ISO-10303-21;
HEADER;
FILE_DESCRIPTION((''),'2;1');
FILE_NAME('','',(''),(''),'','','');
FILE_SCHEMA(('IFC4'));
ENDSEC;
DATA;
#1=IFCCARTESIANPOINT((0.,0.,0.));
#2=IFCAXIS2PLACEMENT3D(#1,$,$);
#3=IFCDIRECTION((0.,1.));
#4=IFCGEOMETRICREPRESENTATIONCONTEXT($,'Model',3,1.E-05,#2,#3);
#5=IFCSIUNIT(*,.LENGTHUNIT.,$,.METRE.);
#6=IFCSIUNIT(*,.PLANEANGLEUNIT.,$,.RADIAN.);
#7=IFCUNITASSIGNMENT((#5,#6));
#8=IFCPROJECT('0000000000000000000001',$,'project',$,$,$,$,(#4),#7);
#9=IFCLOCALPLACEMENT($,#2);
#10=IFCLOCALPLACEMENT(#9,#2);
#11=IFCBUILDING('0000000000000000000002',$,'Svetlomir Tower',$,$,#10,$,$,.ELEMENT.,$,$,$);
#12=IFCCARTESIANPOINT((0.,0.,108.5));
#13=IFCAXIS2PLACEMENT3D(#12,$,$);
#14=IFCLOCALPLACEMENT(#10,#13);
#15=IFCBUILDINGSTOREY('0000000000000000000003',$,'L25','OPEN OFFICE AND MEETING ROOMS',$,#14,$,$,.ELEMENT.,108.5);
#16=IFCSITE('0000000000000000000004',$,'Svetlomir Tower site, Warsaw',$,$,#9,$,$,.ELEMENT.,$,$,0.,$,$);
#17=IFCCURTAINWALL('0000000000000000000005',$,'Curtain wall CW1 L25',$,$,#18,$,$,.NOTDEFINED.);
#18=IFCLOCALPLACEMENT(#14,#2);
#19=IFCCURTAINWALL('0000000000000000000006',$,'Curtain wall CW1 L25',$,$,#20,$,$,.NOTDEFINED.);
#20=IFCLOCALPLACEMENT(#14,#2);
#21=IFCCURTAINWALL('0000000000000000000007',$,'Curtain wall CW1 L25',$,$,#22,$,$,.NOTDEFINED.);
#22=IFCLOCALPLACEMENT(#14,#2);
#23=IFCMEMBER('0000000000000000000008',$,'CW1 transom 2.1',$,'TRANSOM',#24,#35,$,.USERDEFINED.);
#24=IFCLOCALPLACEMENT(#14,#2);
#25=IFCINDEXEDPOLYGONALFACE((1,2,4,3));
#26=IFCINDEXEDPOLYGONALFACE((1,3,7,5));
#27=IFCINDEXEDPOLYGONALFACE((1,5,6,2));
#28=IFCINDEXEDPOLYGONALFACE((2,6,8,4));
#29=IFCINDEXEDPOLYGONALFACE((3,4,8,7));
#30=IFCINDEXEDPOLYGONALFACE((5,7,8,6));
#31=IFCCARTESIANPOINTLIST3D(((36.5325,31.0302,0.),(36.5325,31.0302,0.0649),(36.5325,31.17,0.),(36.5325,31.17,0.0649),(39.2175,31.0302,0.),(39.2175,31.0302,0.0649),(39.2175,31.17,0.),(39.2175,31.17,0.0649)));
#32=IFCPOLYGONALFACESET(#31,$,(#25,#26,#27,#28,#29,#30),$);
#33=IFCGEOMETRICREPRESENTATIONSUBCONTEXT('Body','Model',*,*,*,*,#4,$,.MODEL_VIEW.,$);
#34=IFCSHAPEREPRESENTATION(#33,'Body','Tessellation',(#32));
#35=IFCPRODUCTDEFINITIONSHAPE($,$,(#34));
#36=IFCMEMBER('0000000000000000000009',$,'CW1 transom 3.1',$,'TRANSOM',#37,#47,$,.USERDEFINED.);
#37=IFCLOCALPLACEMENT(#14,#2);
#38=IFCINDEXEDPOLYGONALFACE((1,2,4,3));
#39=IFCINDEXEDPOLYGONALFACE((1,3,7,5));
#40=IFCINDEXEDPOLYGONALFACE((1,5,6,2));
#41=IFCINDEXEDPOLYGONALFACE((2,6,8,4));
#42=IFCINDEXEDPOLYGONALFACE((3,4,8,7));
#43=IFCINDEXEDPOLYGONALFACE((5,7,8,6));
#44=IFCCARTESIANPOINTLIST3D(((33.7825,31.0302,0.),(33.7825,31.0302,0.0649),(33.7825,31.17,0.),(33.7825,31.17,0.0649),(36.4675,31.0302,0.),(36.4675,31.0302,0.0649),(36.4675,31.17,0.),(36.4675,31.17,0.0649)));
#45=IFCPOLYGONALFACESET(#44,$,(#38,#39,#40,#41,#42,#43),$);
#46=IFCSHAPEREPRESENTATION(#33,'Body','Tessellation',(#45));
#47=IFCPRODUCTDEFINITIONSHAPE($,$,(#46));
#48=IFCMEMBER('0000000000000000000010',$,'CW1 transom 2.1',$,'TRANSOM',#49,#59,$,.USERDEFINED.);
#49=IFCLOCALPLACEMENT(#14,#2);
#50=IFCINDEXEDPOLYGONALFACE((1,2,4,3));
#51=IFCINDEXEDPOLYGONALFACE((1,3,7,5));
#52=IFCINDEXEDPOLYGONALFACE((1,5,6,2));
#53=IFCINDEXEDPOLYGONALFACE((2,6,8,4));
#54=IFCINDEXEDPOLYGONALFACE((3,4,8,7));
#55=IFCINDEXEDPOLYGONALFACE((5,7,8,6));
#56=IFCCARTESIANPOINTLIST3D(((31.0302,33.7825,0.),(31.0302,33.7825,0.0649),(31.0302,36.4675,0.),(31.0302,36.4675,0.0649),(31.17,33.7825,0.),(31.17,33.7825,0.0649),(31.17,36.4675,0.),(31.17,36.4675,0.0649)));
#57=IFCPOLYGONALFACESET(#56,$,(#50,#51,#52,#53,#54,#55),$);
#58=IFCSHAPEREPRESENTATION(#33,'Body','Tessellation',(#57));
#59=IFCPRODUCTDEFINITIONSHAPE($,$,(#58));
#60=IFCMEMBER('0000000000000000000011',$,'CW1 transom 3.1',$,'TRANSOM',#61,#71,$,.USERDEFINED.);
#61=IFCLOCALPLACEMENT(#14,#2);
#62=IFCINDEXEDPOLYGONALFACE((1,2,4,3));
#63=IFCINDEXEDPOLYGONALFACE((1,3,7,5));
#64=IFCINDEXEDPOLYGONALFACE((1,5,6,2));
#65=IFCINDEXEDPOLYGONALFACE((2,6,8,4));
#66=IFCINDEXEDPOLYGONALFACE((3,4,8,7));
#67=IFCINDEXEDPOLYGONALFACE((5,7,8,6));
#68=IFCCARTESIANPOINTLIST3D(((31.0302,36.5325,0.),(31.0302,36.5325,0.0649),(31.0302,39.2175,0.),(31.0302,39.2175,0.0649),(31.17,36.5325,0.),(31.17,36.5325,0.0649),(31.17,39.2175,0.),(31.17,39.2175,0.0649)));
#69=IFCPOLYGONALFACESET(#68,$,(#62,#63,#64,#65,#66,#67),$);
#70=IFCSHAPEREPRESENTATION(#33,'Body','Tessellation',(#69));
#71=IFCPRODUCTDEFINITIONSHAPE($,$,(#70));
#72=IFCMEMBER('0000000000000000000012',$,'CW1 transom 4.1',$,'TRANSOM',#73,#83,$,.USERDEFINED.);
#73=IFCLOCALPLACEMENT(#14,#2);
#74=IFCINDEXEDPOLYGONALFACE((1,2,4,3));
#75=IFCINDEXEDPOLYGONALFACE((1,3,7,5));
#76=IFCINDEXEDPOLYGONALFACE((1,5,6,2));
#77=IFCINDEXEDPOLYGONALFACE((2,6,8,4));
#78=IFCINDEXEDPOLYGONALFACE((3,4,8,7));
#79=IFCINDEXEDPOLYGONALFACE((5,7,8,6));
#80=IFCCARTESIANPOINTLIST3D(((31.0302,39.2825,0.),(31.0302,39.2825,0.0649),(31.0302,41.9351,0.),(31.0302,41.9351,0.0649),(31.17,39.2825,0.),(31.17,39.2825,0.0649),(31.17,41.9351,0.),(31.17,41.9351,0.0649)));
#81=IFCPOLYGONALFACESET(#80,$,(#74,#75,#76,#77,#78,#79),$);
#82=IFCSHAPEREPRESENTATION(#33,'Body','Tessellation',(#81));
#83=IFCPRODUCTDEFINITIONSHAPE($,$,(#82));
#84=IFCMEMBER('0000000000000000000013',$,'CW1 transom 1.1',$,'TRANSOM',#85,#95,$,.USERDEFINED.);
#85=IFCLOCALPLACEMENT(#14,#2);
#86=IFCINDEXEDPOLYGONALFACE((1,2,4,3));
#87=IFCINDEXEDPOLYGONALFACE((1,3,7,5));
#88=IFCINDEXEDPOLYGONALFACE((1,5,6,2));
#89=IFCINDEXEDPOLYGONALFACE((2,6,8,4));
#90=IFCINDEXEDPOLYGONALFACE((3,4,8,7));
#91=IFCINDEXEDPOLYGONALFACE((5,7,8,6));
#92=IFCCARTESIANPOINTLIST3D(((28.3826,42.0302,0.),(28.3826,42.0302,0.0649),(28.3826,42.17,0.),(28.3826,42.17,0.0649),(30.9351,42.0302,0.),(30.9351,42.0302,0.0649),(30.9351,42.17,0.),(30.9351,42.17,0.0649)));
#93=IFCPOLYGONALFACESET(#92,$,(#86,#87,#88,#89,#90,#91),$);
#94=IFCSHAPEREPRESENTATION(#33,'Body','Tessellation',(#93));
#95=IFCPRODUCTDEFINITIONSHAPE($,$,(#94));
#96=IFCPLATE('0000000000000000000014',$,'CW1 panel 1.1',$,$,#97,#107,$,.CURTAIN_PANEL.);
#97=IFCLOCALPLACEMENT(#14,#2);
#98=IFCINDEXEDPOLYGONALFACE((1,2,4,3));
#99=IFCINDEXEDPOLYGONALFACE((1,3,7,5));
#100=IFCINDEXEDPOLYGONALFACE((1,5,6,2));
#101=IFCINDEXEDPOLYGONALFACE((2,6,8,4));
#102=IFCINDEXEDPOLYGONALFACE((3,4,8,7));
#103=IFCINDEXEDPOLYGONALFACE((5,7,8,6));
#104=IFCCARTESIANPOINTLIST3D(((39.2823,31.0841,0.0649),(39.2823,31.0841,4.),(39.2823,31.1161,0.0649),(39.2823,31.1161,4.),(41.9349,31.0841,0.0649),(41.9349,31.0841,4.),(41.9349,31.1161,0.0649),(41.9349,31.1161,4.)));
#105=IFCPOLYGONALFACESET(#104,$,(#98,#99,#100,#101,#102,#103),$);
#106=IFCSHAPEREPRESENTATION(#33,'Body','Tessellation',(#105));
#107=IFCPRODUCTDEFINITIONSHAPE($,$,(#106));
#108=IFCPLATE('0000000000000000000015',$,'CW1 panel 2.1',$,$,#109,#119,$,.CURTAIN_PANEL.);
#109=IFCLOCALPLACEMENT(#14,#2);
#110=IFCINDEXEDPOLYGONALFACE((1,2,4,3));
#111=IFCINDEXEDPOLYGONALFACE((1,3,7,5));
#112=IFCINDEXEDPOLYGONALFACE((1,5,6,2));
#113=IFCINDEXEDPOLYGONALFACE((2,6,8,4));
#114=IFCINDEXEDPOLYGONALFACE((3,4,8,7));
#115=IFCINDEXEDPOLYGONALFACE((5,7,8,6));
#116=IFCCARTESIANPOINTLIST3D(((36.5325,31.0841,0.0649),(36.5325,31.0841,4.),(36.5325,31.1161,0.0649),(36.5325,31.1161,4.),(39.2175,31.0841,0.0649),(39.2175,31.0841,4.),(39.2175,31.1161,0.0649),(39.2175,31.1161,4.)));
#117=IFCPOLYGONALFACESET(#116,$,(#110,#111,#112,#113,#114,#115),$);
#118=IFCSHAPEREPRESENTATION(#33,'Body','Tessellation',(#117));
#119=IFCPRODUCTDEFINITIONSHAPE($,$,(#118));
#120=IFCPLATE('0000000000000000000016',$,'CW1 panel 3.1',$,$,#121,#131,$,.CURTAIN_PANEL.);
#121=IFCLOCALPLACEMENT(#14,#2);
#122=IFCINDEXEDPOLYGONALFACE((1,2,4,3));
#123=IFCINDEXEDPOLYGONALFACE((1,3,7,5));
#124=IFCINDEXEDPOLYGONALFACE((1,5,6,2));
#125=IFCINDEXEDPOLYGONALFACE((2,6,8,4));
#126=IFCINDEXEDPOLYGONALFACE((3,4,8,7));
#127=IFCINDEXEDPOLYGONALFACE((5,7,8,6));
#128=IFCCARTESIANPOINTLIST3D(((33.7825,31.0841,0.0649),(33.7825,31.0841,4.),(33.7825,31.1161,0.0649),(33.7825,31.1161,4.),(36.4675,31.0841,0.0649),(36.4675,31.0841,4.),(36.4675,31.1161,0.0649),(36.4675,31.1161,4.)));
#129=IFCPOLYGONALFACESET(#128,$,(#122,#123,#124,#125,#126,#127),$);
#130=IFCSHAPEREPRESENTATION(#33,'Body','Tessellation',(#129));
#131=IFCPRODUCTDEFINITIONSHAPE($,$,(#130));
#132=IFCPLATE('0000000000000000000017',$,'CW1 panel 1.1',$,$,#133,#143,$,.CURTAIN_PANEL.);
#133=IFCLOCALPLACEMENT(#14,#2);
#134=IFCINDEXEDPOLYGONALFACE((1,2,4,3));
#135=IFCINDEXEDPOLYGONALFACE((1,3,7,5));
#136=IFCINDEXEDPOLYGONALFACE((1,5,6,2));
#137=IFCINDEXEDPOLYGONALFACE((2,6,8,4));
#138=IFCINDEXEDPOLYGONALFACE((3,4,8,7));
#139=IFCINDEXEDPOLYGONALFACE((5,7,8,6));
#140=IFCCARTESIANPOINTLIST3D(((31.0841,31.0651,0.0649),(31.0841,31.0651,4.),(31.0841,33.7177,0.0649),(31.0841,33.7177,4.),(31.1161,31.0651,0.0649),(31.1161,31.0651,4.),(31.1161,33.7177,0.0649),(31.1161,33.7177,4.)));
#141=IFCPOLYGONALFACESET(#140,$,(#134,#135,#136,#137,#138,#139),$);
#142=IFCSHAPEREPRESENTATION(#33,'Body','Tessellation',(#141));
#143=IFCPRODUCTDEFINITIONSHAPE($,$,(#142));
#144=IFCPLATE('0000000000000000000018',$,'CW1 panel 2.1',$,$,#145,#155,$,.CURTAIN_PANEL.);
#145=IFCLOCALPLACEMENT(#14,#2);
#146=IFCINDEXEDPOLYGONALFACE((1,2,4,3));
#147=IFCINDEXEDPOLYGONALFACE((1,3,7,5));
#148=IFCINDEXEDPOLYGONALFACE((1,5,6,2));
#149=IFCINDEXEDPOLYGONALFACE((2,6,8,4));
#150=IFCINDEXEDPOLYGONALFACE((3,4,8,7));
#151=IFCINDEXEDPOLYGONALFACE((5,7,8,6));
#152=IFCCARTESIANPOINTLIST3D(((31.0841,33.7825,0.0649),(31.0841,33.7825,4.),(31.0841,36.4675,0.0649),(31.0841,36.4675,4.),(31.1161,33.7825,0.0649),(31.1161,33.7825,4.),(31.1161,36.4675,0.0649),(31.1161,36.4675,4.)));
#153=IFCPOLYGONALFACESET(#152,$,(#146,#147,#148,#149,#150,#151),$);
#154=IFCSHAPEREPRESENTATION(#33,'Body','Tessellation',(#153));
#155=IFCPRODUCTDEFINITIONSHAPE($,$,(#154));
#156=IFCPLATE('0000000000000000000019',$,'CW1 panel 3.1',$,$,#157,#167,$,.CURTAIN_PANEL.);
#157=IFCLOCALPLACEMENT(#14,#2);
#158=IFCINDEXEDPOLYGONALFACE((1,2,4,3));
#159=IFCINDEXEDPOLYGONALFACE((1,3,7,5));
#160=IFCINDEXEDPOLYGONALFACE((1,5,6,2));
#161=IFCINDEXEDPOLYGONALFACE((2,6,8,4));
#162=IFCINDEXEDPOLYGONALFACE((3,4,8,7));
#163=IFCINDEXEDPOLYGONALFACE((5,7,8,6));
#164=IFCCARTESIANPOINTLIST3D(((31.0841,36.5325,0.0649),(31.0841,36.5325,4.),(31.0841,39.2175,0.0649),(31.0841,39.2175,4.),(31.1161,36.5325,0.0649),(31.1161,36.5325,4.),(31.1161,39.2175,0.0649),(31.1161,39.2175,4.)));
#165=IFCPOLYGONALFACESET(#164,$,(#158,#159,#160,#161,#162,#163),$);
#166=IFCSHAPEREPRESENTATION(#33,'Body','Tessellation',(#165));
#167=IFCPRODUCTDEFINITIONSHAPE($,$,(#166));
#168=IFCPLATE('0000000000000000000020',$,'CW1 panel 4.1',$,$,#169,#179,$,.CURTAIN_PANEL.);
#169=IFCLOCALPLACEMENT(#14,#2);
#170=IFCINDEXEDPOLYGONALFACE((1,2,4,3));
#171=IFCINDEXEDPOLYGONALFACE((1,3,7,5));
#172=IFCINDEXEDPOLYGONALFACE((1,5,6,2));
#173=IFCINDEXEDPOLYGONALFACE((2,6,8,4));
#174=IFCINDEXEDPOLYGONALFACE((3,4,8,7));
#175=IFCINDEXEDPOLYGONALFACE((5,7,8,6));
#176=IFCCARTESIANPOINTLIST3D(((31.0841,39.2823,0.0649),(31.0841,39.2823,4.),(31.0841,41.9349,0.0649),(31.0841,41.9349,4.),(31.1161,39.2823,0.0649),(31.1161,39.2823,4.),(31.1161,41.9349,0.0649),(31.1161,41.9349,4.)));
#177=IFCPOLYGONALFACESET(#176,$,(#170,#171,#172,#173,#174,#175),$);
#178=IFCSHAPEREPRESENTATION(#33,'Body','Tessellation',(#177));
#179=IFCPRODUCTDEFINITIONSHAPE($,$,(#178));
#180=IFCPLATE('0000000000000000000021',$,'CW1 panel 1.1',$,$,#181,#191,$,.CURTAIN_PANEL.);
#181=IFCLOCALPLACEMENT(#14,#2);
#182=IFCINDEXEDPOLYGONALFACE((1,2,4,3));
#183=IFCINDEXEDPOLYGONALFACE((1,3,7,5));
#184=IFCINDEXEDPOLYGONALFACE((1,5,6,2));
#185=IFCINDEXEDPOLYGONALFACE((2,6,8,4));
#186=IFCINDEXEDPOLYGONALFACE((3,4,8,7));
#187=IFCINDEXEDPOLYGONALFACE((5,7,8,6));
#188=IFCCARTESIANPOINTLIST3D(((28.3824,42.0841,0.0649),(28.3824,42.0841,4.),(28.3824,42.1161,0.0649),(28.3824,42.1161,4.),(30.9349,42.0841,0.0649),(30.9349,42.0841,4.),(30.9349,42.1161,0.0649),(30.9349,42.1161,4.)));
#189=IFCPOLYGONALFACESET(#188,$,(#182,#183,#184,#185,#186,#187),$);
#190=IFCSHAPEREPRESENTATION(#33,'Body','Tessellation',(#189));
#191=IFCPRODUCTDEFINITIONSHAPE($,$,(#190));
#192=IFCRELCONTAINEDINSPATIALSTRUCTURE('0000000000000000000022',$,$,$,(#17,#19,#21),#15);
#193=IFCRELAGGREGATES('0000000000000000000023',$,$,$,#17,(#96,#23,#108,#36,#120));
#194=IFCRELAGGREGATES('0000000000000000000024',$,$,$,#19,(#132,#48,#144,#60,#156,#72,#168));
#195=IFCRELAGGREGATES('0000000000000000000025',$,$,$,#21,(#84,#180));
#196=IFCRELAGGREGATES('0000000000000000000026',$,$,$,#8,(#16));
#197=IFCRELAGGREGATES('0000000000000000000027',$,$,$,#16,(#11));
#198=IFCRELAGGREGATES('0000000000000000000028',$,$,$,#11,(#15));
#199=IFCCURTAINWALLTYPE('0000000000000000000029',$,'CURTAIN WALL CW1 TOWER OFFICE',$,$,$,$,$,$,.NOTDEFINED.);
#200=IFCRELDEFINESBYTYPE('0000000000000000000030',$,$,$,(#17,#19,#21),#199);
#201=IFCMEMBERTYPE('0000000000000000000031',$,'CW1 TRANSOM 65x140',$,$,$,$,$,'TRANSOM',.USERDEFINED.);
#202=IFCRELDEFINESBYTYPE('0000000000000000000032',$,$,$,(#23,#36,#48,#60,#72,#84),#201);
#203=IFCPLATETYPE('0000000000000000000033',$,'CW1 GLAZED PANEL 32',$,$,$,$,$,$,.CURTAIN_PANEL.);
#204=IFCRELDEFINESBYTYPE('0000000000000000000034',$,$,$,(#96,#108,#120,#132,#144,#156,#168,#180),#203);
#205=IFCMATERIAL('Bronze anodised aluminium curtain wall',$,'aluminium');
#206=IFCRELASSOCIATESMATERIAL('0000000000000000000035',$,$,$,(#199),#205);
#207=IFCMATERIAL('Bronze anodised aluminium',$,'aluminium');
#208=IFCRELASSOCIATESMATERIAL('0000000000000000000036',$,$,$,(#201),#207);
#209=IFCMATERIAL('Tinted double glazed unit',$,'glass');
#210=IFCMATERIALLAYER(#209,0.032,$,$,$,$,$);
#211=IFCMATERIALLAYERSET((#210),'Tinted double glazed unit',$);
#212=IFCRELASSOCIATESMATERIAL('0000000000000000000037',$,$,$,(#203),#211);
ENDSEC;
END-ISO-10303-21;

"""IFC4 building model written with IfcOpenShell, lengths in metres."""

from ifc_helpers import new_model, si_unit, direction, frame, origin, origin_2d, place, context, subcontext, project, spatial, rectangle, extrude, material, layer, layer_set, material_profile, profile_set, type_object, element, aggregate, save


model = new_model("IFC4")

# Units and contexts
model_context = context("Model", 3, precision=1e-05, world=origin(), true_north=direction((0.0, 1.0)))
body_context = subcontext(model_context, "Body", "Model", "MODEL_VIEW")
ifc_project = project(units=[si_unit("LENGTHUNIT", "METRE"), si_unit("PLANEANGLEUNIT", "RADIAN")], contexts=[model_context])

# Site, building, storey
site_placement = place(None, origin())
site = spatial("IfcSite", under=ifc_project, at=site_placement, Name="Svetlomir Tower site, Warsaw", CompositionType="ELEMENT", RefElevation=0.0)
building_placement = place(site_placement, origin())
building = spatial("IfcBuilding", under=site, at=building_placement, Name="Svetlomir Tower", CompositionType="ELEMENT")
storey_placement = place(building_placement, frame((0.0, 0.0, 108.5)))
storey = spatial("IfcBuildingStorey", under=building, at=storey_placement, Name="L25", Description="OPEN OFFICE AND MEETING ROOMS", CompositionType="ELEMENT", Elevation=108.5)

# Curtain walls
ifc_material_1 = material(Name="Bronze anodised aluminium curtain wall", Category="aluminium")
curtain_wall_type = type_object("IfcCurtainWallType", Name="CURTAIN WALL CW1 TOWER OFFICE", PredefinedType="NOTDEFINED", material=ifc_material_1)
curtain_wall_1_placement = place(storey_placement, origin())
curtain_wall_1 = element("IfcCurtainWall", 1, at=curtain_wall_1_placement, inside=storey, type_object=curtain_wall_type, Name="Curtain wall CW1 L25", PredefinedType="NOTDEFINED")
curtain_wall_2_placement = place(storey_placement, origin())
curtain_wall_2 = element("IfcCurtainWall", 2, at=curtain_wall_2_placement, inside=storey, type_object=curtain_wall_type, Name="Curtain wall CW1 L25", PredefinedType="NOTDEFINED")

# Curtain wall
curtain_wall_3_placement = place(storey_placement, origin())
curtain_wall_3 = element("IfcCurtainWall", 3, at=curtain_wall_3_placement, inside=storey, type_object=curtain_wall_type, Name="Curtain wall CW1 L25", PredefinedType="NOTDEFINED")

# Members
ifc_material_2 = material(Name="Bronze anodised aluminium", Category="aluminium")
ifc_material_profile_1 = material_profile(ifc_material_2, rectangle(XDim=0.1399, YDim=0.0649, at=origin_2d()), Name="AL 140x65")
ifc_profile_set_1 = profile_set([ifc_material_profile_1], Name="Bronze anodised aluminium 6063-T6")
member_type_1 = type_object("IfcMemberType", Name="CW1 TRANSOM 65x140", ElementType="TRANSOM", PredefinedType="USERDEFINED", material=ifc_profile_set_1)
member_1_placement = place(storey_placement, frame((39.2175, 31.1001, 0.0325), z_axis=(-1.0, 0.0, 0.0), x_axis=(0.0, -1.0, 0.0)))
member_1 = element("IfcMember", 4, at=member_1_placement, type_object=member_type_1, Name="CW1 transom 2.1", ObjectType="TRANSOM", PredefinedType="USERDEFINED", context=body_context, shape_type="SweptSolid", body=[
    extrude(rectangle(XDim=0.1399, YDim=0.0649, at=origin_2d()), origin(), (0.0, 0.0, 1.0), 2.6851),
])
member_2_placement = place(storey_placement, frame((36.4675, 31.1001, 0.0325), z_axis=(-1.0, 0.0, 0.0), x_axis=(0.0, -1.0, 0.0)))
member_2 = element("IfcMember", 5, at=member_2_placement, type_object=member_type_1, Name="CW1 transom 3.1", ObjectType="TRANSOM", PredefinedType="USERDEFINED", context=body_context, shape_type="SweptSolid", body=[
    extrude(rectangle(XDim=0.1399, YDim=0.0649, at=origin_2d()), origin(), (0.0, 0.0, 1.0), 2.6851),
])
member_3_placement = place(storey_placement, frame((31.1001, 33.7825, 0.0325), z_axis=(0.0, 1.0, 0.0), x_axis=(-1.0, 0.0, 0.0)))
member_3 = element("IfcMember", 6, at=member_3_placement, type_object=member_type_1, Name="CW1 transom 2.1", ObjectType="TRANSOM", PredefinedType="USERDEFINED", context=body_context, shape_type="SweptSolid", body=[
    extrude(rectangle(XDim=0.1399, YDim=0.0649, at=origin_2d()), origin(), (0.0, 0.0, 1.0), 2.6851),
])
member_4_placement = place(storey_placement, frame((31.1001, 36.5325, 0.0325), z_axis=(0.0, 1.0, 0.0), x_axis=(-1.0, 0.0, 0.0)))
member_4 = element("IfcMember", 7, at=member_4_placement, type_object=member_type_1, Name="CW1 transom 3.1", ObjectType="TRANSOM", PredefinedType="USERDEFINED", context=body_context, shape_type="SweptSolid", body=[
    extrude(rectangle(XDim=0.1399, YDim=0.0649, at=origin_2d()), origin(), (0.0, 0.0, 1.0), 2.6851),
])
member_5_placement = place(storey_placement, frame((31.1001, 39.2825, 0.0325), z_axis=(0.0, 1.0, 0.0), x_axis=(-1.0, 0.0, 0.0)))
member_5 = element("IfcMember", 8, at=member_5_placement, type_object=member_type_1, Name="CW1 transom 4.1", ObjectType="TRANSOM", PredefinedType="USERDEFINED", context=body_context, shape_type="SweptSolid", body=[
    extrude(rectangle(XDim=0.1399, YDim=0.0649, at=origin_2d()), origin(), (0.0, 0.0, 1.0), 2.6526),
])
member_6_placement = place(storey_placement, frame((30.9351, 42.1001, 0.0325), z_axis=(-1.0, 0.0, 0.0), x_axis=(0.0, -1.0, 0.0)))
member_6 = element("IfcMember", 9, at=member_6_placement, type_object=member_type_1, Name="CW1 transom 1.1", ObjectType="TRANSOM", PredefinedType="USERDEFINED", context=body_context, shape_type="SweptSolid", body=[
    extrude(rectangle(XDim=0.1399, YDim=0.0649, at=origin_2d()), origin(), (0.0, 0.0, 1.0), 2.5525),
])

# Plates
ifc_material_3 = material(Name="Tinted double glazed unit", Category="glass")
ifc_layer = layer(ifc_material_3, 0.032)
ifc_layer_set = layer_set([ifc_layer], Name="Tinted double glazed unit")
plate_type = type_object("IfcPlateType", Name="CW1 GLAZED PANEL 32", PredefinedType="CURTAIN_PANEL", material=ifc_layer_set)
plate_1_placement = place(storey_placement, frame((40.6086, 31.1001, 0.0649), z_axis=(0.0, 0.0, 1.0), x_axis=(-1.0, 0.0, 0.0)))
plate_1 = element("IfcPlate", 10, at=plate_1_placement, type_object=plate_type, Name="CW1 panel 1.1", PredefinedType="CURTAIN_PANEL", context=body_context, shape_type="SweptSolid", body=[
    extrude(rectangle(XDim=2.6526, YDim=0.032, at=origin_2d()), origin(), (0.0, 0.0, 1.0), 3.9351),
])
plate_2_placement = place(storey_placement, frame((37.875, 31.1001, 0.0649), z_axis=(0.0, 0.0, 1.0), x_axis=(-1.0, 0.0, 0.0)))
plate_2 = element("IfcPlate", 11, at=plate_2_placement, type_object=plate_type, Name="CW1 panel 2.1", PredefinedType="CURTAIN_PANEL", context=body_context, shape_type="SweptSolid", body=[
    extrude(rectangle(XDim=2.6851, YDim=0.032, at=origin_2d()), origin(), (0.0, 0.0, 1.0), 3.9351),
])
plate_3_placement = place(storey_placement, frame((35.125, 31.1001, 0.0649), z_axis=(0.0, 0.0, 1.0), x_axis=(-1.0, 0.0, 0.0)))
plate_3 = element("IfcPlate", 12, at=plate_3_placement, type_object=plate_type, Name="CW1 panel 3.1", PredefinedType="CURTAIN_PANEL", context=body_context, shape_type="SweptSolid", body=[
    extrude(rectangle(XDim=2.6851, YDim=0.032, at=origin_2d()), origin(), (0.0, 0.0, 1.0), 3.9351),
])
aggregate(curtain_wall_1, [plate_1, member_1, plate_2, member_2, plate_3])
plate_4_placement = place(storey_placement, frame((31.1001, 32.3914, 0.0649), z_axis=(0.0, 0.0, 1.0), x_axis=(0.0, 1.0, 0.0)))
plate_4 = element("IfcPlate", 13, at=plate_4_placement, type_object=plate_type, Name="CW1 panel 1.1", PredefinedType="CURTAIN_PANEL", context=body_context, shape_type="SweptSolid", body=[
    extrude(rectangle(XDim=2.6526, YDim=0.032, at=origin_2d()), origin(), (0.0, 0.0, 1.0), 3.9351),
])
plate_5_placement = place(storey_placement, frame((31.1001, 35.125, 0.0649), z_axis=(0.0, 0.0, 1.0), x_axis=(0.0, 1.0, 0.0)))
plate_5 = element("IfcPlate", 14, at=plate_5_placement, type_object=plate_type, Name="CW1 panel 2.1", PredefinedType="CURTAIN_PANEL", context=body_context, shape_type="SweptSolid", body=[
    extrude(rectangle(XDim=2.6851, YDim=0.032, at=origin_2d()), origin(), (0.0, 0.0, 1.0), 3.9351),
])
plate_6_placement = place(storey_placement, frame((31.1001, 37.875, 0.0649), z_axis=(0.0, 0.0, 1.0), x_axis=(0.0, 1.0, 0.0)))
plate_6 = element("IfcPlate", 15, at=plate_6_placement, type_object=plate_type, Name="CW1 panel 3.1", PredefinedType="CURTAIN_PANEL", context=body_context, shape_type="SweptSolid", body=[
    extrude(rectangle(XDim=2.6851, YDim=0.032, at=origin_2d()), origin(), (0.0, 0.0, 1.0), 3.9351),
])
plate_7_placement = place(storey_placement, frame((31.1001, 40.6086, 0.0649), z_axis=(0.0, 0.0, 1.0), x_axis=(0.0, 1.0, 0.0)))
plate_7 = element("IfcPlate", 16, at=plate_7_placement, type_object=plate_type, Name="CW1 panel 4.1", PredefinedType="CURTAIN_PANEL", context=body_context, shape_type="SweptSolid", body=[
    extrude(rectangle(XDim=2.6526, YDim=0.032, at=origin_2d()), origin(), (0.0, 0.0, 1.0), 3.9351),
])
aggregate(curtain_wall_2, [plate_4, member_3, plate_5, member_4, plate_6, member_5, plate_7])
plate_8_placement = place(storey_placement, frame((29.6587, 42.1001, 0.0649), z_axis=(0.0, 0.0, 1.0), x_axis=(-1.0, 0.0, 0.0)))
plate_8 = element("IfcPlate", 17, at=plate_8_placement, type_object=plate_type, Name="CW1 panel 1.1", PredefinedType="CURTAIN_PANEL", context=body_context, shape_type="SweptSolid", body=[
    extrude(rectangle(XDim=2.5525, YDim=0.032, at=origin_2d()), origin(), (0.0, 0.0, 1.0), 3.9351),
])
aggregate(curtain_wall_3, [member_6, plate_8])

save(model, "model.ifc")
